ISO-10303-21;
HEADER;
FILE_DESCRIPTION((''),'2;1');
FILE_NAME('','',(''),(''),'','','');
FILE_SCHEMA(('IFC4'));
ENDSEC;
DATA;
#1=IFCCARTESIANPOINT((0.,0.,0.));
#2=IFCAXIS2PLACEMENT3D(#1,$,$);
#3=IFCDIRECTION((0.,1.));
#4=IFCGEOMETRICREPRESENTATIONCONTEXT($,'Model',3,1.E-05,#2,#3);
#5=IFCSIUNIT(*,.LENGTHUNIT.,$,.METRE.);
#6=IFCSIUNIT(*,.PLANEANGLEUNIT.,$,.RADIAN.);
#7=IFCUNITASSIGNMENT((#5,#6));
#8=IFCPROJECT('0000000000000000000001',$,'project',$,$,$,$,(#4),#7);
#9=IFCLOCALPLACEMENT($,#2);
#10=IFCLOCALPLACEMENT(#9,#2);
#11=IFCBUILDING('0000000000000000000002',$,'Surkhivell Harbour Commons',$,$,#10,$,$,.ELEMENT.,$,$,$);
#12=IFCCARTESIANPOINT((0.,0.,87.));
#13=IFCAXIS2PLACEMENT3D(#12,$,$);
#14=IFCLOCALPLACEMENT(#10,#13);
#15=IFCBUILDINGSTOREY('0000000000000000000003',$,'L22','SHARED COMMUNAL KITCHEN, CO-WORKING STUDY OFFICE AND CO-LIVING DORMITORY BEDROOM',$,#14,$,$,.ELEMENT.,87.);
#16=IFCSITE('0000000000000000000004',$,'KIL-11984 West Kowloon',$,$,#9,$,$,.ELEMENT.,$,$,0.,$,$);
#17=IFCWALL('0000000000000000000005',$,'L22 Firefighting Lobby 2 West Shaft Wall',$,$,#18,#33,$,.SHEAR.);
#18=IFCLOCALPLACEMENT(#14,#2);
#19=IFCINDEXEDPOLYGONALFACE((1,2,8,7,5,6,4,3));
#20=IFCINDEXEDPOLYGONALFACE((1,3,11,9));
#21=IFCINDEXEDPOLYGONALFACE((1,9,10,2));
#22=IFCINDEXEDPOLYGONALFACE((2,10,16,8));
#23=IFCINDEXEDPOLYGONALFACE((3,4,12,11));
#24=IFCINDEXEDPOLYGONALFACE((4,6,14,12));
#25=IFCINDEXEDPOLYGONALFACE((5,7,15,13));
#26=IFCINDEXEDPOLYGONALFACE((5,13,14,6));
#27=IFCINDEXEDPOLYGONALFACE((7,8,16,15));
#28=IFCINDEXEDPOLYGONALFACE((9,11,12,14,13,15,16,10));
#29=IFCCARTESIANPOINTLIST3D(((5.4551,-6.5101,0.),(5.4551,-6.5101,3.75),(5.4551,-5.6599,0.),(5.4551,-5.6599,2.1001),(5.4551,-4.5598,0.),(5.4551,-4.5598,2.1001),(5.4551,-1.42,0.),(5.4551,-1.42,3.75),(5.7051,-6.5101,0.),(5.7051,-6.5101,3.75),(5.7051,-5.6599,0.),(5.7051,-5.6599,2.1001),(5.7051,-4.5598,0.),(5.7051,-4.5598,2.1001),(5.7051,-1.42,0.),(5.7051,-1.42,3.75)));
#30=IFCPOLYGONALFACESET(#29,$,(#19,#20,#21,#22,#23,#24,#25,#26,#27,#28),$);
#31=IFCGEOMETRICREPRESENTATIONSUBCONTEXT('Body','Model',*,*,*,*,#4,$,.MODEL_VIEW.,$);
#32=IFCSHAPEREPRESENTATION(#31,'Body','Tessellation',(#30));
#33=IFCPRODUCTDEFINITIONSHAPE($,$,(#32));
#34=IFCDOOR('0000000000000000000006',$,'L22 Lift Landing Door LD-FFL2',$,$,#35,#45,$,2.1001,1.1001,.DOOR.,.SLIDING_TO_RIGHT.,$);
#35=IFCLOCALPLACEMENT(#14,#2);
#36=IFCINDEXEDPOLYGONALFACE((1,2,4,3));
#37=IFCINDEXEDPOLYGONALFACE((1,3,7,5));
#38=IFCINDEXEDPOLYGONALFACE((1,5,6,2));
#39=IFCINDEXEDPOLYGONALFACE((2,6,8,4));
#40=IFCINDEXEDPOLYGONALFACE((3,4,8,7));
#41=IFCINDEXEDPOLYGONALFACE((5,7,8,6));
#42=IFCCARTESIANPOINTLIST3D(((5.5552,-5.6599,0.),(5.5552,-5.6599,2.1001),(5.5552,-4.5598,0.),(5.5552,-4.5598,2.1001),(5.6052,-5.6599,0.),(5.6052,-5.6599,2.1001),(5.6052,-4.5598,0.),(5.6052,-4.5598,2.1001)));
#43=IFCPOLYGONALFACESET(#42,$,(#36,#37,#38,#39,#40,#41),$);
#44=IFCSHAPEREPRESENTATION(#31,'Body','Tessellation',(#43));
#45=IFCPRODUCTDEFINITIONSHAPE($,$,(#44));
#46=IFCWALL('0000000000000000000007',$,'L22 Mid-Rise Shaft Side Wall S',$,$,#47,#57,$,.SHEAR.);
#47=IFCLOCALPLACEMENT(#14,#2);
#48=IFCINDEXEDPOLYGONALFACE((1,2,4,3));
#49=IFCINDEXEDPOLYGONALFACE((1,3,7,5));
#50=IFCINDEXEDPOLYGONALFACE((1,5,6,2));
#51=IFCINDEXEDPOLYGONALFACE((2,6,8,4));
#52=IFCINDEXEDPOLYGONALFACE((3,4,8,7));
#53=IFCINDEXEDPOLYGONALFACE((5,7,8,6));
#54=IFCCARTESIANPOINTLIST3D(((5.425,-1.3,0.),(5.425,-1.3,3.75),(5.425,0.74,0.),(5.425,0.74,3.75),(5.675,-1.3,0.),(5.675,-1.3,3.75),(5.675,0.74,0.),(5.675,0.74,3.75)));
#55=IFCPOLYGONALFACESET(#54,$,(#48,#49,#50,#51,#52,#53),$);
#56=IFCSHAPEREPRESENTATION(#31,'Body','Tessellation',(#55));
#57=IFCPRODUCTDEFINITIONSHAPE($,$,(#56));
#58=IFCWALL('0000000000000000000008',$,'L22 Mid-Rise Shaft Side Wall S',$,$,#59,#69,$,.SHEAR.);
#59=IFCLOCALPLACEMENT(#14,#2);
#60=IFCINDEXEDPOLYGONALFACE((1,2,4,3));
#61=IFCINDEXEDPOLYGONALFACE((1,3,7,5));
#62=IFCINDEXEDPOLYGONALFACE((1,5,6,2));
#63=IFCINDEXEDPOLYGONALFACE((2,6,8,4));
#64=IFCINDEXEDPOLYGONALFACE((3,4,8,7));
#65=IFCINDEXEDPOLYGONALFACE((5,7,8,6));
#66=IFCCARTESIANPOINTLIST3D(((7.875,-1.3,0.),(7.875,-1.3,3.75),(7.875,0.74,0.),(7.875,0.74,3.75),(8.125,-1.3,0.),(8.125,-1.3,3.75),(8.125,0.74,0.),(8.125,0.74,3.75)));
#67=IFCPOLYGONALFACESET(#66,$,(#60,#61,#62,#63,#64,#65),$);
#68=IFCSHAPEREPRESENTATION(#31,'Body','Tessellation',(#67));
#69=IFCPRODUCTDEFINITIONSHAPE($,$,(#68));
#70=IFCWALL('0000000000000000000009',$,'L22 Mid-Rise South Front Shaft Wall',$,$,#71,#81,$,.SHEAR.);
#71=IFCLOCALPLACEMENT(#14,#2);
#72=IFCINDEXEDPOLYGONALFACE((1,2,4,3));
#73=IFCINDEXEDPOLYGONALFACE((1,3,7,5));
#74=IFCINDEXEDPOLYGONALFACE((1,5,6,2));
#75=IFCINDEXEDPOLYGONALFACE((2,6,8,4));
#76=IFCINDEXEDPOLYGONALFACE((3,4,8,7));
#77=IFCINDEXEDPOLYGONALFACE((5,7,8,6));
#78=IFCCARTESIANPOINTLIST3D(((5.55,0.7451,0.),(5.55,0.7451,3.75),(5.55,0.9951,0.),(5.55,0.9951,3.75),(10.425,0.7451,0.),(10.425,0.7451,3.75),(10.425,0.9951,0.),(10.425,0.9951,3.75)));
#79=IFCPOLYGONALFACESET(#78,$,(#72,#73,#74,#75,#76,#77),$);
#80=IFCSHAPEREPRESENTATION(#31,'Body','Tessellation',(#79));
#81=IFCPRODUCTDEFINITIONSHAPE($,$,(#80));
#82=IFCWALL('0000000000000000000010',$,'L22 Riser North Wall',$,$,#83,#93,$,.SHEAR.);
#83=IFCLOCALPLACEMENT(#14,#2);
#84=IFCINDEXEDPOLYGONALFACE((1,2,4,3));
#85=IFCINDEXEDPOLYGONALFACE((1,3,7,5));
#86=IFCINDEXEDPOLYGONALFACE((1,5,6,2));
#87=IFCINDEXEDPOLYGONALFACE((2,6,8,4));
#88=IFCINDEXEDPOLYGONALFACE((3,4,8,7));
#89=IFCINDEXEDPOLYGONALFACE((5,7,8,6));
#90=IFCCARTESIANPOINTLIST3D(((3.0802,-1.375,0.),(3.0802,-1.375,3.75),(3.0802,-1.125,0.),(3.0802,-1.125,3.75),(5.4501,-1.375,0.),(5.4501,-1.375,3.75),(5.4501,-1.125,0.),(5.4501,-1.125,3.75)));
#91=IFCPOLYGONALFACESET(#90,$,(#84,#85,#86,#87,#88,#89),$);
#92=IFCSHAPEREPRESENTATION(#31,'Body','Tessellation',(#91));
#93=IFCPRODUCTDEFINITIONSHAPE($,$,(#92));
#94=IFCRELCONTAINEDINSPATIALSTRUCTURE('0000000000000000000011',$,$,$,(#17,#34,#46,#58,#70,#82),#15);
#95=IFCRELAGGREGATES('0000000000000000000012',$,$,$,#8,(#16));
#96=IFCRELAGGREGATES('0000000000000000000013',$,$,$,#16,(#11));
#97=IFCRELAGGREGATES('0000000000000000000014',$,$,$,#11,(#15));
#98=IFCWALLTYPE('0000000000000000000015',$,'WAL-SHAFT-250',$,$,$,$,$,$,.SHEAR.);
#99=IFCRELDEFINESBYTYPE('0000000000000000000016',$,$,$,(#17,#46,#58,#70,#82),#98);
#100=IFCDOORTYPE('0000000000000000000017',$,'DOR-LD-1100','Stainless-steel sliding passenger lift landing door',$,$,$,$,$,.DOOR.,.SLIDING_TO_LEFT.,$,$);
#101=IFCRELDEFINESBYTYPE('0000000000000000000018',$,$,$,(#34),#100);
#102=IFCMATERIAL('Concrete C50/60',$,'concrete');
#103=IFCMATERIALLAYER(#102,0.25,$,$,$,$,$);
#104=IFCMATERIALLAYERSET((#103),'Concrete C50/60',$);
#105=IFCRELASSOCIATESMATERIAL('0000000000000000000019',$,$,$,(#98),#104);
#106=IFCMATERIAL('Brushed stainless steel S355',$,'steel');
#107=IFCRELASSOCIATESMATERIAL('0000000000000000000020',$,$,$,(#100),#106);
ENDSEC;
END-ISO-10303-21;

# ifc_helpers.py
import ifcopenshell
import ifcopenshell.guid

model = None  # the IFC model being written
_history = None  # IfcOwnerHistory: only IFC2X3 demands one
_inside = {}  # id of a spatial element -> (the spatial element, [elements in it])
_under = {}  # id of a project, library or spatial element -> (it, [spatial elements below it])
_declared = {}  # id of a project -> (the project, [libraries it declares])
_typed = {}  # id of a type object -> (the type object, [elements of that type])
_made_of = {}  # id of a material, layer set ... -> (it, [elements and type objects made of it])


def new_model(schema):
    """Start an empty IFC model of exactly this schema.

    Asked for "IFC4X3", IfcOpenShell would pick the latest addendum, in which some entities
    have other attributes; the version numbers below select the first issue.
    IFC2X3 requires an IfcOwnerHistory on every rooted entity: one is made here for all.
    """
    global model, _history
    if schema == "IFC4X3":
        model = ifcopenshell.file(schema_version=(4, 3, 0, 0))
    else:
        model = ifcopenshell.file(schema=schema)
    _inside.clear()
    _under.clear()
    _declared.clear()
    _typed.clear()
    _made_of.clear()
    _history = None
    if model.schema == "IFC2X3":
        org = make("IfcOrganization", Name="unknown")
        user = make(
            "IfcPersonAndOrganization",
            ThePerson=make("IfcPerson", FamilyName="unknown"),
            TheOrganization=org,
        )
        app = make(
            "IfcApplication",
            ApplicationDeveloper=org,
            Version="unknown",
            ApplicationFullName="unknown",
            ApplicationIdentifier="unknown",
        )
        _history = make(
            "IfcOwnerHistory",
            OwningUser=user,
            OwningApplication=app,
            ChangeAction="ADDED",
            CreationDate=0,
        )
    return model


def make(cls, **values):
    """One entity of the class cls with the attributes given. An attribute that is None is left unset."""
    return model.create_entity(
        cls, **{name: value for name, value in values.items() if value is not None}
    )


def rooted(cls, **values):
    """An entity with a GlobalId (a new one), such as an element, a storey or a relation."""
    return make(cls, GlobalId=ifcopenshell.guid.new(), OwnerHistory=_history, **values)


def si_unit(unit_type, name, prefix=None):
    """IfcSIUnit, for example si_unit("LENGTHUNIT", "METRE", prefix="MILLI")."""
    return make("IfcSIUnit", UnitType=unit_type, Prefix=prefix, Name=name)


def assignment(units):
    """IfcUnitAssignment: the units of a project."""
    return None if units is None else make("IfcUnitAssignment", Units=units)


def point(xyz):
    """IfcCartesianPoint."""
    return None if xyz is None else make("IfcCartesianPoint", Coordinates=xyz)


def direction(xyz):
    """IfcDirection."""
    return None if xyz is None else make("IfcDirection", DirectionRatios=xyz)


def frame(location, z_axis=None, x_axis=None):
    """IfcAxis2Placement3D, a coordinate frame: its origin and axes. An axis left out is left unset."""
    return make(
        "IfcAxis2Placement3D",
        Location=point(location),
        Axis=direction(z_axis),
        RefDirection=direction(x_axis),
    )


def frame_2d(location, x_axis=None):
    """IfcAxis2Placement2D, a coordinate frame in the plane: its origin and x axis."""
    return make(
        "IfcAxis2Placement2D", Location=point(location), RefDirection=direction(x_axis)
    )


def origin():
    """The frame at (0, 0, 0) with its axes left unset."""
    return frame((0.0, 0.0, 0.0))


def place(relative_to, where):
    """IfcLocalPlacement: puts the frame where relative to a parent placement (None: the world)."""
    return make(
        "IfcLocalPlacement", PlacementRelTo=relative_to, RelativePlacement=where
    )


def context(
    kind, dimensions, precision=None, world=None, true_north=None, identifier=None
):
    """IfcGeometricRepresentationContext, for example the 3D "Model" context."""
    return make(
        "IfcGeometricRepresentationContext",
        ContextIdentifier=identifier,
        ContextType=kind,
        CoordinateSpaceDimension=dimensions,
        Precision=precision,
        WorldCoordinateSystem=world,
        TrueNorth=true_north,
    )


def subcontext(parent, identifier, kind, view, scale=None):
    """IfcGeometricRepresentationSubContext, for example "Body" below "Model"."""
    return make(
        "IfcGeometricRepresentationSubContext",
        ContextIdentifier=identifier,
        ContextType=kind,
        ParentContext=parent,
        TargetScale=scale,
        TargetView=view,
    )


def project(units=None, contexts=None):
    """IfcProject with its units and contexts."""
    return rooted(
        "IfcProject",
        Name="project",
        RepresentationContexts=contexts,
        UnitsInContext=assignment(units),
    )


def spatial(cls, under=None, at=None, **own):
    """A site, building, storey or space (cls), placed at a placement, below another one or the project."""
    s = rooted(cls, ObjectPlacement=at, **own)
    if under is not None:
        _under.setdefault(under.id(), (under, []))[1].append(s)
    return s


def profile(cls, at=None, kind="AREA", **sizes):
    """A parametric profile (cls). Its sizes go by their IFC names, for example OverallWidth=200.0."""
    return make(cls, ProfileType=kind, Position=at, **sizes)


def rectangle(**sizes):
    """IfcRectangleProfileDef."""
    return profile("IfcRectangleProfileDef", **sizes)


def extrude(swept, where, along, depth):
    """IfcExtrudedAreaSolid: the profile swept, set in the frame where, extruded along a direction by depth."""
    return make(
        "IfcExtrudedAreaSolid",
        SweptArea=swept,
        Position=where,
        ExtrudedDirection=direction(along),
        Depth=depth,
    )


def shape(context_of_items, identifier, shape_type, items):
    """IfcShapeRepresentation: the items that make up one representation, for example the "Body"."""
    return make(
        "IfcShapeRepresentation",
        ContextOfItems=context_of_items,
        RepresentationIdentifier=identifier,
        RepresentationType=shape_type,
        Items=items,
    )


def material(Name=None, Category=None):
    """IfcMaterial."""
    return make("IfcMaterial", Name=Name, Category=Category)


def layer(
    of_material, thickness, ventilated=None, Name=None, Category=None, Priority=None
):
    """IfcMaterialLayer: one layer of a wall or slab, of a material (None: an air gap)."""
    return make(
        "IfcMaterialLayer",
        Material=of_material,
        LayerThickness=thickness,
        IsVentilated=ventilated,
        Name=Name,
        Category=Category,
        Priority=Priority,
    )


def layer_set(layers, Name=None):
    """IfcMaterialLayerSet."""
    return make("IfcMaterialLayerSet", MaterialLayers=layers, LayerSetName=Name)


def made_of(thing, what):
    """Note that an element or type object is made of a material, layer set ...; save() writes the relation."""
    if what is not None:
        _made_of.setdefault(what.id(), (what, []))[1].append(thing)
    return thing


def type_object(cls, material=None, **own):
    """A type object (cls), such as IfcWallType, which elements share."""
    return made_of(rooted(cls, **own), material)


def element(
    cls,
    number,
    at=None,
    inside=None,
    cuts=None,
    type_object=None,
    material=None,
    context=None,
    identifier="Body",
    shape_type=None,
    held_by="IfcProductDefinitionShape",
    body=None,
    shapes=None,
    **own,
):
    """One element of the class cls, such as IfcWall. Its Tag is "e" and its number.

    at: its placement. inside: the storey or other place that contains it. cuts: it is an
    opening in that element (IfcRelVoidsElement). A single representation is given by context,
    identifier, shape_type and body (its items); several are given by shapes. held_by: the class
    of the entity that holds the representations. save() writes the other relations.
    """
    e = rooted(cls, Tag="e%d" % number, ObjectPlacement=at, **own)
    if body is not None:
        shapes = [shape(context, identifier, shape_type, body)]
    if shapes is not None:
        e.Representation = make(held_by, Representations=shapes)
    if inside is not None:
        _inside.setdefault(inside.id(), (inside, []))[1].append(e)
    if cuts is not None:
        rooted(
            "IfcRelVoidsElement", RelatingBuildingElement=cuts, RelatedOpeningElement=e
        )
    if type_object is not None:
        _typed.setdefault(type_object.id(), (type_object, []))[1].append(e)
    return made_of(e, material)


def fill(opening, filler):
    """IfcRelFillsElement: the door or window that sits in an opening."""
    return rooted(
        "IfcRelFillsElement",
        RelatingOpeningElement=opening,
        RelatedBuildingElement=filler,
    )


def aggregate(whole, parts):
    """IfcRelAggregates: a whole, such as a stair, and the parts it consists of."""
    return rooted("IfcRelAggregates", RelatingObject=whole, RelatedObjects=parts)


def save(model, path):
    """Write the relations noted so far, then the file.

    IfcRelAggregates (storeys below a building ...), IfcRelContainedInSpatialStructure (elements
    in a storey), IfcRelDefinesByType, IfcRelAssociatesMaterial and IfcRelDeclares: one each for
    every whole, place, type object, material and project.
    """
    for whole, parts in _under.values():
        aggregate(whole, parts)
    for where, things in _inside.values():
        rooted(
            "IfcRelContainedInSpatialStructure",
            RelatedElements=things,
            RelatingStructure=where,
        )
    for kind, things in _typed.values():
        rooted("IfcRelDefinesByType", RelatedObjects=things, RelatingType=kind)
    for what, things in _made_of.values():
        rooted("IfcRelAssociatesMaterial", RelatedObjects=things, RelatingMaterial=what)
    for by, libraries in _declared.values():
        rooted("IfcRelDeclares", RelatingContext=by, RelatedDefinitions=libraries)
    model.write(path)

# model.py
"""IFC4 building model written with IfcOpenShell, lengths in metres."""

from ifc_helpers import new_model, si_unit, direction, frame, frame_2d, origin, place, context, subcontext, project, spatial, rectangle, extrude, material, layer, layer_set, type_object, element, fill, save


model = new_model("IFC4")

# Units and contexts
model_context = context("Model", 3, precision=1e-05, world=origin(), true_north=direction((0.0, 1.0)))
body_context = subcontext(model_context, "Body", "Model", "MODEL_VIEW")
ifc_project = project(units=[si_unit("LENGTHUNIT", "METRE"), si_unit("PLANEANGLEUNIT", "RADIAN")], contexts=[model_context])

# Site, building, storey
site_placement = place(None, origin())
site = spatial("IfcSite", under=ifc_project, at=site_placement, Name="KIL-11984 West Kowloon", CompositionType="ELEMENT", RefElevation=0.0)
building_placement = place(site_placement, origin())
building = spatial("IfcBuilding", under=site, at=building_placement, Name="Surkhivell Harbour Commons", CompositionType="ELEMENT")
storey_placement = place(building_placement, frame((0.0, 0.0, 87.0)))
storey = spatial("IfcBuildingStorey", under=building, at=storey_placement, Name="L22", Description="SHARED COMMUNAL KITCHEN, CO-WORKING STUDY OFFICE AND CO-LIVING DORMITORY BEDROOM", CompositionType="ELEMENT", Elevation=87.0)

# Shared definitions
ifc_material_1 = material(Name="Concrete C50/60", Category="concrete")
ifc_layer_1 = layer(ifc_material_1, 0.25)
ifc_layer_set_1 = layer_set([ifc_layer_1], Name="Concrete C50/60")
wall_type_1 = type_object("IfcWallType", Name="WAL-SHAFT-250", PredefinedType="SHEAR", material=ifc_layer_set_1)

# Wall, opening, door
wall_1_placement = place(storey_placement, frame((5.5801, -6.51, 0.0), z_axis=(0.0, 0.0, 1.0), x_axis=(0.0, 1.0, 0.0)))
wall_1 = element("IfcWall", 1, at=wall_1_placement, inside=storey, type_object=wall_type_1, Name="L22 Firefighting Lobby 2 West Shaft Wall", PredefinedType="SHEAR", context=body_context, shape_type="SweptSolid", body=[
    extrude(rectangle(XDim=5.0901, YDim=0.25, at=frame_2d((2.5449, 0.0))), origin(), (0.0, 0.0, 1.0), 3.75),
])
opening_1_placement = place(wall_1_placement, frame((0.8501, 0.0, 0.0)))
opening_1 = element("IfcOpeningElement", 2, at=opening_1_placement, cuts=wall_1, PredefinedType="OPENING", context=body_context, shape_type="SweptSolid", body=[
    extrude(rectangle(XDim=1.1001, YDim=2.1001, at=frame_2d((0.55, 1.05))), frame((0.0, 0.135, 0.0), z_axis=(0.0, -1.0, 0.0), x_axis=(1.0, 0.0, 0.0)), (0.0, 0.0, 1.0), 0.27),
])
ifc_material_2 = material(Name="Brushed stainless steel S355", Category="steel")
door_type_1 = type_object("IfcDoorType", Name="DOR-LD-1100", Description="Stainless-steel sliding passenger lift landing door", OperationType="SLIDING_TO_LEFT", PredefinedType="DOOR", material=ifc_material_2)
door_1_placement = place(opening_1_placement, origin())
door_1 = element("IfcDoor", 3, at=door_1_placement, inside=storey, type_object=door_type_1, Name="L22 Lift Landing Door LD-FFL2", OperationType="SLIDING_TO_RIGHT", OverallHeight=2.1001, OverallWidth=1.1001, PredefinedType="DOOR", context=body_context, shape_type="SweptSolid", body=[
    extrude(rectangle(XDim=1.1001, YDim=2.1001, at=frame_2d((0.55, 1.05))), frame((0.0, 0.0249, 0.0), z_axis=(0.0, -1.0, 0.0), x_axis=(1.0, 0.0, 0.0)), (0.0, 0.0, 1.0), 0.05),
])
fill(opening_1, door_1)

# Walls
for number, where, z_axis, x_axis, name in (
    (4, (5.55, -1.3, 0.0), (0.0, 0.0, 1.0), (0.0, 1.0, 0.0), "L22 Mid-Rise Shaft Side Wall S"),
    (5, (8.0, -1.3, 0.0), (0.0, 0.0, 1.0), (0.0, 1.0, 0.0), "L22 Mid-Rise Shaft Side Wall S"),
):
    element("IfcWall", number, at=place(storey_placement, frame(where, z_axis=z_axis, x_axis=x_axis)), inside=storey, type_object=wall_type_1, Name=name, PredefinedType="SHEAR", context=body_context, shape_type="SweptSolid", body=[
        extrude(rectangle(XDim=2.04, YDim=0.25, at=frame_2d((1.02, 0.0))), origin(), (0.0, 0.0, 1.0), 3.75),
    ])
wall_2_placement = place(storey_placement, frame((5.55, 0.8701, 0.0), z_axis=(0.0, 0.0, 1.0), x_axis=(1.0, 0.0, 0.0)))
element("IfcWall", 6, at=wall_2_placement, inside=storey, type_object=wall_type_1, Name="L22 Mid-Rise South Front Shaft Wall", PredefinedType="SHEAR", context=body_context, shape_type="SweptSolid", body=[
    extrude(rectangle(XDim=4.875, YDim=0.25, at=frame_2d((2.4375, 0.0))), origin(), (0.0, 0.0, 1.0), 3.75),
])
wall_3_placement = place(storey_placement, frame((3.0801, -1.25, 0.0), z_axis=(0.0, 0.0, 1.0), x_axis=(1.0, 0.0, 0.0)))
element("IfcWall", 7, at=wall_3_placement, inside=storey, type_object=wall_type_1, Name="L22 Riser North Wall", PredefinedType="SHEAR", context=body_context, shape_type="SweptSolid", body=[
    extrude(rectangle(XDim=2.3699, YDim=0.25, at=frame_2d((1.1851, 0.0))), origin(), (0.0, 0.0, 1.0), 3.75),
])

save(model, "model.ifc")
